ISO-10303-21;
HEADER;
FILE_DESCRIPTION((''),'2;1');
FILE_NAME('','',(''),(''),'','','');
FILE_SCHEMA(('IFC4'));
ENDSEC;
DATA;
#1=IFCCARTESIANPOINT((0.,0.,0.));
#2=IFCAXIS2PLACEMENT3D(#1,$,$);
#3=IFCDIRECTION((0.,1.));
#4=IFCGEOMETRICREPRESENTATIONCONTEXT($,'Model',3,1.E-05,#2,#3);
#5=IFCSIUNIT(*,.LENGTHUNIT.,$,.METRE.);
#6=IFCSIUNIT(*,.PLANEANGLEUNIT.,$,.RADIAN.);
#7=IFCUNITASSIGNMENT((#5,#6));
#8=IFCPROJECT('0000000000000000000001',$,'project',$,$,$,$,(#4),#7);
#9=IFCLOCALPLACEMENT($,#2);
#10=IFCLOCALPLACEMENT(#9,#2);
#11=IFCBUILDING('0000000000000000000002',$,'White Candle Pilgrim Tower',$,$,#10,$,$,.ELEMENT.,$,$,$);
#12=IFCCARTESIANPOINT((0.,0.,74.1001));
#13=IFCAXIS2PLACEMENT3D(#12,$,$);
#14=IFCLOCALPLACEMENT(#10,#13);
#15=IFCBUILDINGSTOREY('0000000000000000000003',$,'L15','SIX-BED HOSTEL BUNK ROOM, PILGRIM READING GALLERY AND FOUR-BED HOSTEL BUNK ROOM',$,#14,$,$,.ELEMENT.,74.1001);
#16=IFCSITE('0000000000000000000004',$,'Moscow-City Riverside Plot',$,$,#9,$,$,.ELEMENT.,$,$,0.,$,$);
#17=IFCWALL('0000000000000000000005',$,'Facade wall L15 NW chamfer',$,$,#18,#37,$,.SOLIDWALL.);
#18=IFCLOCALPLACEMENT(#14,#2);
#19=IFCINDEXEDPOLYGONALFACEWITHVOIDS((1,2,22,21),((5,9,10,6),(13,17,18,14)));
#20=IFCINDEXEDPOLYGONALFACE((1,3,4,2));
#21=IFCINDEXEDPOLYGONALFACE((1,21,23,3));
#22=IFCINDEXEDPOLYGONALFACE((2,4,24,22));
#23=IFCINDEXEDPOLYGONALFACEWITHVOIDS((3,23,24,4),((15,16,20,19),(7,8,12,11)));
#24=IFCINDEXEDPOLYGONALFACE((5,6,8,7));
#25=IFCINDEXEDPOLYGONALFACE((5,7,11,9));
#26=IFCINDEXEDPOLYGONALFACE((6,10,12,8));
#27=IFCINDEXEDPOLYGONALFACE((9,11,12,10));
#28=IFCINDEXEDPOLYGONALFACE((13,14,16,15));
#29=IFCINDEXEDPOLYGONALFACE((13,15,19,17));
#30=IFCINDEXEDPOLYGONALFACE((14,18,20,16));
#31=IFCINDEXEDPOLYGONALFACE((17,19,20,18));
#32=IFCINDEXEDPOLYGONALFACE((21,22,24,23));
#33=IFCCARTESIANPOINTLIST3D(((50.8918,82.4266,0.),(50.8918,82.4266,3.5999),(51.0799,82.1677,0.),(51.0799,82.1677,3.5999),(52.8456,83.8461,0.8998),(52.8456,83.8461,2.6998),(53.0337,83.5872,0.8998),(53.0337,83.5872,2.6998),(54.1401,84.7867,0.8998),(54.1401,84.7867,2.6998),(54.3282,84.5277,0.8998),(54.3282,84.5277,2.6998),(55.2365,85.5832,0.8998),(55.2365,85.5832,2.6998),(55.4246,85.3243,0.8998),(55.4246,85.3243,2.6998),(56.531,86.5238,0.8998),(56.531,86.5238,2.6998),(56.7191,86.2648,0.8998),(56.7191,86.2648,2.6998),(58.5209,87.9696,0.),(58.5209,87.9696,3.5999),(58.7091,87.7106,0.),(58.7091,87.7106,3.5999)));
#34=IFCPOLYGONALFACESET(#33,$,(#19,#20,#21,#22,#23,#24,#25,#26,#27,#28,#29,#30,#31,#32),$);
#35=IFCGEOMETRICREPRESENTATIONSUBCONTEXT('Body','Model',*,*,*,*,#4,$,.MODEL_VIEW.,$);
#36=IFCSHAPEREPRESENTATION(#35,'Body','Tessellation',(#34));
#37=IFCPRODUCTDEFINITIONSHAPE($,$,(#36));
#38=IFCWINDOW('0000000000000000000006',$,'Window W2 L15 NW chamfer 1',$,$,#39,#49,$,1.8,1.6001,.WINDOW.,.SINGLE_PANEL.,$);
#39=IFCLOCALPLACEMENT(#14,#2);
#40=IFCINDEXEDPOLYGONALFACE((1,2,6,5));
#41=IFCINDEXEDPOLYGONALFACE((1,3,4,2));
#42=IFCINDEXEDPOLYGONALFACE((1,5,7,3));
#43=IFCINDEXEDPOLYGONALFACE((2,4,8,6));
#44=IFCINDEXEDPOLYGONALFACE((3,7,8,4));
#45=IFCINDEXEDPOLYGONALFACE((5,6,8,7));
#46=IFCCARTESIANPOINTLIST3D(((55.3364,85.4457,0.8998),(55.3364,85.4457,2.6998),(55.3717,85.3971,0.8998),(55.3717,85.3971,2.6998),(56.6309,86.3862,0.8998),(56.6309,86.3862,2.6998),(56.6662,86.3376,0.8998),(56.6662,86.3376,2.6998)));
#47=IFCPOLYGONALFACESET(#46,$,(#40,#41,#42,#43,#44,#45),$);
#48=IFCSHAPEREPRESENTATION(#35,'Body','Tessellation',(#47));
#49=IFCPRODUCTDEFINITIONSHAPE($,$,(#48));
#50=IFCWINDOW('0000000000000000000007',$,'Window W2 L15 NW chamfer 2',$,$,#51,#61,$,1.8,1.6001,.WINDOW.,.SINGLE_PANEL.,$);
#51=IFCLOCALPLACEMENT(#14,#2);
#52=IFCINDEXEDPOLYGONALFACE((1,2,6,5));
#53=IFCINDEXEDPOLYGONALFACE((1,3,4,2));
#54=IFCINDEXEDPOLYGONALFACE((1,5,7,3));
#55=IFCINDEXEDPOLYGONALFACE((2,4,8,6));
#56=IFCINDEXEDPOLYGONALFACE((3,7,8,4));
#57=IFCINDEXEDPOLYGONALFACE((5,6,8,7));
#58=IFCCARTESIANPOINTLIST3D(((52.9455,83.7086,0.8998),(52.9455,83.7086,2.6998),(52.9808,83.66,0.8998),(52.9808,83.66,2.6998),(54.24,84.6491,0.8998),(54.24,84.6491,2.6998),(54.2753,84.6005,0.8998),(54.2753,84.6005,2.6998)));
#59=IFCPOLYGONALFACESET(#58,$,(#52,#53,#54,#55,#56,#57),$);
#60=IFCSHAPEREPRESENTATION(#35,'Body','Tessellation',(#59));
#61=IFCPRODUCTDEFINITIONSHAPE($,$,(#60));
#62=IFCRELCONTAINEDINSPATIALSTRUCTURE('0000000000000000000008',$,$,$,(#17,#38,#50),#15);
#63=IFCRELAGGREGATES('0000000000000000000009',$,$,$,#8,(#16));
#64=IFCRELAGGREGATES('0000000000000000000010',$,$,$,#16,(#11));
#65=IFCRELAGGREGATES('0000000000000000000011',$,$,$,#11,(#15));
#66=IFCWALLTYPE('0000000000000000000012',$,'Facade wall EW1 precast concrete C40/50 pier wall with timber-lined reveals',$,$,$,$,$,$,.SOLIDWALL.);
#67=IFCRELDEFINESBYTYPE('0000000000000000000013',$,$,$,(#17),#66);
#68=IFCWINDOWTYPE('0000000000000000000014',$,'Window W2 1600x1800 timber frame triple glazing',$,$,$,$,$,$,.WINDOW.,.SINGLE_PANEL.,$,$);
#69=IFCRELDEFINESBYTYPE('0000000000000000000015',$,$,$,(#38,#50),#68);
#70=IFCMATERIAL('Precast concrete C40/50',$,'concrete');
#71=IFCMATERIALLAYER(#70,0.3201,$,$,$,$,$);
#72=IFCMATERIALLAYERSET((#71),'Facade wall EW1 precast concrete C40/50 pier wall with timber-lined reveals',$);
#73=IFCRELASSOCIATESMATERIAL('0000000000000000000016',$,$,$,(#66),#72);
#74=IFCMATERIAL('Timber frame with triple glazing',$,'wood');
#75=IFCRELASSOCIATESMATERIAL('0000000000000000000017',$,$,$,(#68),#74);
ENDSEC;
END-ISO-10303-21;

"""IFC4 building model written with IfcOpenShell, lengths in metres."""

from ifc_helpers import new_model, si_unit, direction, frame, frame_2d, origin, place, context, subcontext, project, spatial, rectangle, extrude, material, layer, layer_set, type_object, element, fill, save


model = new_model("IFC4")

# Units and contexts
model_context = context("Model", 3, precision=1e-05, world=origin(), true_north=direction((0.0, 1.0)))
body_context = subcontext(model_context, "Body", "Model", "MODEL_VIEW")
ifc_project = project(units=[si_unit("LENGTHUNIT", "METRE"), si_unit("PLANEANGLEUNIT", "RADIAN")], contexts=[model_context])

# Site, building, storey
site_placement = place(None, origin())
site = spatial("IfcSite", under=ifc_project, at=site_placement, Name="Moscow-City Riverside Plot", CompositionType="ELEMENT", RefElevation=0.0)
building_placement = place(site_placement, origin())
building = spatial("IfcBuilding", under=site, at=building_placement, Name="White Candle Pilgrim Tower", CompositionType="ELEMENT")
storey_placement = place(building_placement, frame((0.0, 0.0, 74.1001)))
storey = spatial("IfcBuildingStorey", under=building, at=storey_placement, Name="L15", Description="SIX-BED HOSTEL BUNK ROOM, PILGRIM READING GALLERY AND FOUR-BED HOSTEL BUNK ROOM", CompositionType="ELEMENT", Elevation=74.1001)

# Wall, openings, windows
ifc_material_1 = material(Name="Precast concrete C40/50", Category="concrete")
ifc_layer_1 = layer(ifc_material_1, 0.3201)
ifc_layer_set_1 = layer_set([ifc_layer_1], Name="Facade wall EW1 precast concrete C40/50 pier wall with timber-lined reveals")
wall_type_1 = type_object("IfcWallType", Name="Facade wall EW1 precast concrete C40/50 pier wall with timber-lined reveals", PredefinedType="SOLIDWALL", material=ifc_layer_set_1)
wall_1_placement = place(storey_placement, frame((58.615, 87.8401, 0.0), z_axis=(0.0, 0.0, 1.0), x_axis=(-0.809014, -0.58779, 0.0)))
wall_1 = element("IfcWall", 1, at=wall_1_placement, inside=storey, type_object=wall_type_1, Name="Facade wall L15 NW chamfer", PredefinedType="SOLIDWALL", context=body_context, shape_type="SweptSolid", body=[
    extrude(rectangle(XDim=9.4302, YDim=0.3201, at=frame_2d((4.7151, 0.0))), origin(), (0.0, 0.0, 1.0), 3.5999),
])
opening_1_placement = place(wall_1_placement, frame((2.4597, 0.0, 0.8999)))
opening_1 = element("IfcOpeningElement", 2, at=opening_1_placement, cuts=wall_1, PredefinedType="OPENING", context=body_context, shape_type="SweptSolid", body=[
    extrude(rectangle(XDim=1.6001, YDim=1.8, at=frame_2d((0.8, 0.8999))), frame((0.0, 0.1699, 0.0), z_axis=(0.0, -1.0, 0.0), x_axis=(1.0, 0.0, 0.0)), (0.0, 0.0, 1.0), 0.3401),
])
opening_2_placement = place(wall_1_placement, frame((5.415, 0.0, 0.8999)))
opening_2 = element("IfcOpeningElement", 3, at=opening_2_placement, cuts=wall_1, PredefinedType="OPENING", context=body_context, shape_type="SweptSolid", body=[
    extrude(rectangle(XDim=1.6001, YDim=1.8, at=frame_2d((0.8, 0.8999))), frame((0.0, 0.1699, 0.0), z_axis=(0.0, -1.0, 0.0), x_axis=(1.0, 0.0, 0.0)), (0.0, 0.0, 1.0), 0.3401),
])
ifc_material_2 = material(Name="Timber frame with triple glazing", Category="wood")
window_type_1 = type_object("IfcWindowType", Name="Window W2 1600x1800 timber frame triple glazing", PartitioningType="SINGLE_PANEL", PredefinedType="WINDOW", material=ifc_material_2)
window_1_placement = place(opening_1_placement, origin())
window_1 = element("IfcWindow", 4, at=window_1_placement, inside=storey, type_object=window_type_1, Name="Window W2 L15 NW chamfer 1", OverallHeight=1.8, OverallWidth=1.6001, PartitioningType="SINGLE_PANEL", PredefinedType="WINDOW", context=body_context, shape_type="SweptSolid", body=[
    extrude(rectangle(XDim=1.6001, YDim=1.8, at=frame_2d((0.8, 0.8999))), frame((0.0, 0.0701, 0.0), z_axis=(0.0, -1.0, 0.0), x_axis=(1.0, 0.0, 0.0)), (0.0, 0.0, 1.0), 0.0601),
])
fill(opening_1, window_1)
window_2_placement = place(opening_2_placement, origin())
window_2 = element("IfcWindow", 5, at=window_2_placement, inside=storey, type_object=window_type_1, Name="Window W2 L15 NW chamfer 2", OverallHeight=1.8, OverallWidth=1.6001, PartitioningType="SINGLE_PANEL", PredefinedType="WINDOW", context=body_context, shape_type="SweptSolid", body=[
    extrude(rectangle(XDim=1.6001, YDim=1.8, at=frame_2d((0.8, 0.8999))), frame((0.0, 0.0701, 0.0), z_axis=(0.0, -1.0, 0.0), x_axis=(1.0, 0.0, 0.0)), (0.0, 0.0, 1.0), 0.0601),
])
fill(opening_2, window_2)

save(model, "model.ifc")
